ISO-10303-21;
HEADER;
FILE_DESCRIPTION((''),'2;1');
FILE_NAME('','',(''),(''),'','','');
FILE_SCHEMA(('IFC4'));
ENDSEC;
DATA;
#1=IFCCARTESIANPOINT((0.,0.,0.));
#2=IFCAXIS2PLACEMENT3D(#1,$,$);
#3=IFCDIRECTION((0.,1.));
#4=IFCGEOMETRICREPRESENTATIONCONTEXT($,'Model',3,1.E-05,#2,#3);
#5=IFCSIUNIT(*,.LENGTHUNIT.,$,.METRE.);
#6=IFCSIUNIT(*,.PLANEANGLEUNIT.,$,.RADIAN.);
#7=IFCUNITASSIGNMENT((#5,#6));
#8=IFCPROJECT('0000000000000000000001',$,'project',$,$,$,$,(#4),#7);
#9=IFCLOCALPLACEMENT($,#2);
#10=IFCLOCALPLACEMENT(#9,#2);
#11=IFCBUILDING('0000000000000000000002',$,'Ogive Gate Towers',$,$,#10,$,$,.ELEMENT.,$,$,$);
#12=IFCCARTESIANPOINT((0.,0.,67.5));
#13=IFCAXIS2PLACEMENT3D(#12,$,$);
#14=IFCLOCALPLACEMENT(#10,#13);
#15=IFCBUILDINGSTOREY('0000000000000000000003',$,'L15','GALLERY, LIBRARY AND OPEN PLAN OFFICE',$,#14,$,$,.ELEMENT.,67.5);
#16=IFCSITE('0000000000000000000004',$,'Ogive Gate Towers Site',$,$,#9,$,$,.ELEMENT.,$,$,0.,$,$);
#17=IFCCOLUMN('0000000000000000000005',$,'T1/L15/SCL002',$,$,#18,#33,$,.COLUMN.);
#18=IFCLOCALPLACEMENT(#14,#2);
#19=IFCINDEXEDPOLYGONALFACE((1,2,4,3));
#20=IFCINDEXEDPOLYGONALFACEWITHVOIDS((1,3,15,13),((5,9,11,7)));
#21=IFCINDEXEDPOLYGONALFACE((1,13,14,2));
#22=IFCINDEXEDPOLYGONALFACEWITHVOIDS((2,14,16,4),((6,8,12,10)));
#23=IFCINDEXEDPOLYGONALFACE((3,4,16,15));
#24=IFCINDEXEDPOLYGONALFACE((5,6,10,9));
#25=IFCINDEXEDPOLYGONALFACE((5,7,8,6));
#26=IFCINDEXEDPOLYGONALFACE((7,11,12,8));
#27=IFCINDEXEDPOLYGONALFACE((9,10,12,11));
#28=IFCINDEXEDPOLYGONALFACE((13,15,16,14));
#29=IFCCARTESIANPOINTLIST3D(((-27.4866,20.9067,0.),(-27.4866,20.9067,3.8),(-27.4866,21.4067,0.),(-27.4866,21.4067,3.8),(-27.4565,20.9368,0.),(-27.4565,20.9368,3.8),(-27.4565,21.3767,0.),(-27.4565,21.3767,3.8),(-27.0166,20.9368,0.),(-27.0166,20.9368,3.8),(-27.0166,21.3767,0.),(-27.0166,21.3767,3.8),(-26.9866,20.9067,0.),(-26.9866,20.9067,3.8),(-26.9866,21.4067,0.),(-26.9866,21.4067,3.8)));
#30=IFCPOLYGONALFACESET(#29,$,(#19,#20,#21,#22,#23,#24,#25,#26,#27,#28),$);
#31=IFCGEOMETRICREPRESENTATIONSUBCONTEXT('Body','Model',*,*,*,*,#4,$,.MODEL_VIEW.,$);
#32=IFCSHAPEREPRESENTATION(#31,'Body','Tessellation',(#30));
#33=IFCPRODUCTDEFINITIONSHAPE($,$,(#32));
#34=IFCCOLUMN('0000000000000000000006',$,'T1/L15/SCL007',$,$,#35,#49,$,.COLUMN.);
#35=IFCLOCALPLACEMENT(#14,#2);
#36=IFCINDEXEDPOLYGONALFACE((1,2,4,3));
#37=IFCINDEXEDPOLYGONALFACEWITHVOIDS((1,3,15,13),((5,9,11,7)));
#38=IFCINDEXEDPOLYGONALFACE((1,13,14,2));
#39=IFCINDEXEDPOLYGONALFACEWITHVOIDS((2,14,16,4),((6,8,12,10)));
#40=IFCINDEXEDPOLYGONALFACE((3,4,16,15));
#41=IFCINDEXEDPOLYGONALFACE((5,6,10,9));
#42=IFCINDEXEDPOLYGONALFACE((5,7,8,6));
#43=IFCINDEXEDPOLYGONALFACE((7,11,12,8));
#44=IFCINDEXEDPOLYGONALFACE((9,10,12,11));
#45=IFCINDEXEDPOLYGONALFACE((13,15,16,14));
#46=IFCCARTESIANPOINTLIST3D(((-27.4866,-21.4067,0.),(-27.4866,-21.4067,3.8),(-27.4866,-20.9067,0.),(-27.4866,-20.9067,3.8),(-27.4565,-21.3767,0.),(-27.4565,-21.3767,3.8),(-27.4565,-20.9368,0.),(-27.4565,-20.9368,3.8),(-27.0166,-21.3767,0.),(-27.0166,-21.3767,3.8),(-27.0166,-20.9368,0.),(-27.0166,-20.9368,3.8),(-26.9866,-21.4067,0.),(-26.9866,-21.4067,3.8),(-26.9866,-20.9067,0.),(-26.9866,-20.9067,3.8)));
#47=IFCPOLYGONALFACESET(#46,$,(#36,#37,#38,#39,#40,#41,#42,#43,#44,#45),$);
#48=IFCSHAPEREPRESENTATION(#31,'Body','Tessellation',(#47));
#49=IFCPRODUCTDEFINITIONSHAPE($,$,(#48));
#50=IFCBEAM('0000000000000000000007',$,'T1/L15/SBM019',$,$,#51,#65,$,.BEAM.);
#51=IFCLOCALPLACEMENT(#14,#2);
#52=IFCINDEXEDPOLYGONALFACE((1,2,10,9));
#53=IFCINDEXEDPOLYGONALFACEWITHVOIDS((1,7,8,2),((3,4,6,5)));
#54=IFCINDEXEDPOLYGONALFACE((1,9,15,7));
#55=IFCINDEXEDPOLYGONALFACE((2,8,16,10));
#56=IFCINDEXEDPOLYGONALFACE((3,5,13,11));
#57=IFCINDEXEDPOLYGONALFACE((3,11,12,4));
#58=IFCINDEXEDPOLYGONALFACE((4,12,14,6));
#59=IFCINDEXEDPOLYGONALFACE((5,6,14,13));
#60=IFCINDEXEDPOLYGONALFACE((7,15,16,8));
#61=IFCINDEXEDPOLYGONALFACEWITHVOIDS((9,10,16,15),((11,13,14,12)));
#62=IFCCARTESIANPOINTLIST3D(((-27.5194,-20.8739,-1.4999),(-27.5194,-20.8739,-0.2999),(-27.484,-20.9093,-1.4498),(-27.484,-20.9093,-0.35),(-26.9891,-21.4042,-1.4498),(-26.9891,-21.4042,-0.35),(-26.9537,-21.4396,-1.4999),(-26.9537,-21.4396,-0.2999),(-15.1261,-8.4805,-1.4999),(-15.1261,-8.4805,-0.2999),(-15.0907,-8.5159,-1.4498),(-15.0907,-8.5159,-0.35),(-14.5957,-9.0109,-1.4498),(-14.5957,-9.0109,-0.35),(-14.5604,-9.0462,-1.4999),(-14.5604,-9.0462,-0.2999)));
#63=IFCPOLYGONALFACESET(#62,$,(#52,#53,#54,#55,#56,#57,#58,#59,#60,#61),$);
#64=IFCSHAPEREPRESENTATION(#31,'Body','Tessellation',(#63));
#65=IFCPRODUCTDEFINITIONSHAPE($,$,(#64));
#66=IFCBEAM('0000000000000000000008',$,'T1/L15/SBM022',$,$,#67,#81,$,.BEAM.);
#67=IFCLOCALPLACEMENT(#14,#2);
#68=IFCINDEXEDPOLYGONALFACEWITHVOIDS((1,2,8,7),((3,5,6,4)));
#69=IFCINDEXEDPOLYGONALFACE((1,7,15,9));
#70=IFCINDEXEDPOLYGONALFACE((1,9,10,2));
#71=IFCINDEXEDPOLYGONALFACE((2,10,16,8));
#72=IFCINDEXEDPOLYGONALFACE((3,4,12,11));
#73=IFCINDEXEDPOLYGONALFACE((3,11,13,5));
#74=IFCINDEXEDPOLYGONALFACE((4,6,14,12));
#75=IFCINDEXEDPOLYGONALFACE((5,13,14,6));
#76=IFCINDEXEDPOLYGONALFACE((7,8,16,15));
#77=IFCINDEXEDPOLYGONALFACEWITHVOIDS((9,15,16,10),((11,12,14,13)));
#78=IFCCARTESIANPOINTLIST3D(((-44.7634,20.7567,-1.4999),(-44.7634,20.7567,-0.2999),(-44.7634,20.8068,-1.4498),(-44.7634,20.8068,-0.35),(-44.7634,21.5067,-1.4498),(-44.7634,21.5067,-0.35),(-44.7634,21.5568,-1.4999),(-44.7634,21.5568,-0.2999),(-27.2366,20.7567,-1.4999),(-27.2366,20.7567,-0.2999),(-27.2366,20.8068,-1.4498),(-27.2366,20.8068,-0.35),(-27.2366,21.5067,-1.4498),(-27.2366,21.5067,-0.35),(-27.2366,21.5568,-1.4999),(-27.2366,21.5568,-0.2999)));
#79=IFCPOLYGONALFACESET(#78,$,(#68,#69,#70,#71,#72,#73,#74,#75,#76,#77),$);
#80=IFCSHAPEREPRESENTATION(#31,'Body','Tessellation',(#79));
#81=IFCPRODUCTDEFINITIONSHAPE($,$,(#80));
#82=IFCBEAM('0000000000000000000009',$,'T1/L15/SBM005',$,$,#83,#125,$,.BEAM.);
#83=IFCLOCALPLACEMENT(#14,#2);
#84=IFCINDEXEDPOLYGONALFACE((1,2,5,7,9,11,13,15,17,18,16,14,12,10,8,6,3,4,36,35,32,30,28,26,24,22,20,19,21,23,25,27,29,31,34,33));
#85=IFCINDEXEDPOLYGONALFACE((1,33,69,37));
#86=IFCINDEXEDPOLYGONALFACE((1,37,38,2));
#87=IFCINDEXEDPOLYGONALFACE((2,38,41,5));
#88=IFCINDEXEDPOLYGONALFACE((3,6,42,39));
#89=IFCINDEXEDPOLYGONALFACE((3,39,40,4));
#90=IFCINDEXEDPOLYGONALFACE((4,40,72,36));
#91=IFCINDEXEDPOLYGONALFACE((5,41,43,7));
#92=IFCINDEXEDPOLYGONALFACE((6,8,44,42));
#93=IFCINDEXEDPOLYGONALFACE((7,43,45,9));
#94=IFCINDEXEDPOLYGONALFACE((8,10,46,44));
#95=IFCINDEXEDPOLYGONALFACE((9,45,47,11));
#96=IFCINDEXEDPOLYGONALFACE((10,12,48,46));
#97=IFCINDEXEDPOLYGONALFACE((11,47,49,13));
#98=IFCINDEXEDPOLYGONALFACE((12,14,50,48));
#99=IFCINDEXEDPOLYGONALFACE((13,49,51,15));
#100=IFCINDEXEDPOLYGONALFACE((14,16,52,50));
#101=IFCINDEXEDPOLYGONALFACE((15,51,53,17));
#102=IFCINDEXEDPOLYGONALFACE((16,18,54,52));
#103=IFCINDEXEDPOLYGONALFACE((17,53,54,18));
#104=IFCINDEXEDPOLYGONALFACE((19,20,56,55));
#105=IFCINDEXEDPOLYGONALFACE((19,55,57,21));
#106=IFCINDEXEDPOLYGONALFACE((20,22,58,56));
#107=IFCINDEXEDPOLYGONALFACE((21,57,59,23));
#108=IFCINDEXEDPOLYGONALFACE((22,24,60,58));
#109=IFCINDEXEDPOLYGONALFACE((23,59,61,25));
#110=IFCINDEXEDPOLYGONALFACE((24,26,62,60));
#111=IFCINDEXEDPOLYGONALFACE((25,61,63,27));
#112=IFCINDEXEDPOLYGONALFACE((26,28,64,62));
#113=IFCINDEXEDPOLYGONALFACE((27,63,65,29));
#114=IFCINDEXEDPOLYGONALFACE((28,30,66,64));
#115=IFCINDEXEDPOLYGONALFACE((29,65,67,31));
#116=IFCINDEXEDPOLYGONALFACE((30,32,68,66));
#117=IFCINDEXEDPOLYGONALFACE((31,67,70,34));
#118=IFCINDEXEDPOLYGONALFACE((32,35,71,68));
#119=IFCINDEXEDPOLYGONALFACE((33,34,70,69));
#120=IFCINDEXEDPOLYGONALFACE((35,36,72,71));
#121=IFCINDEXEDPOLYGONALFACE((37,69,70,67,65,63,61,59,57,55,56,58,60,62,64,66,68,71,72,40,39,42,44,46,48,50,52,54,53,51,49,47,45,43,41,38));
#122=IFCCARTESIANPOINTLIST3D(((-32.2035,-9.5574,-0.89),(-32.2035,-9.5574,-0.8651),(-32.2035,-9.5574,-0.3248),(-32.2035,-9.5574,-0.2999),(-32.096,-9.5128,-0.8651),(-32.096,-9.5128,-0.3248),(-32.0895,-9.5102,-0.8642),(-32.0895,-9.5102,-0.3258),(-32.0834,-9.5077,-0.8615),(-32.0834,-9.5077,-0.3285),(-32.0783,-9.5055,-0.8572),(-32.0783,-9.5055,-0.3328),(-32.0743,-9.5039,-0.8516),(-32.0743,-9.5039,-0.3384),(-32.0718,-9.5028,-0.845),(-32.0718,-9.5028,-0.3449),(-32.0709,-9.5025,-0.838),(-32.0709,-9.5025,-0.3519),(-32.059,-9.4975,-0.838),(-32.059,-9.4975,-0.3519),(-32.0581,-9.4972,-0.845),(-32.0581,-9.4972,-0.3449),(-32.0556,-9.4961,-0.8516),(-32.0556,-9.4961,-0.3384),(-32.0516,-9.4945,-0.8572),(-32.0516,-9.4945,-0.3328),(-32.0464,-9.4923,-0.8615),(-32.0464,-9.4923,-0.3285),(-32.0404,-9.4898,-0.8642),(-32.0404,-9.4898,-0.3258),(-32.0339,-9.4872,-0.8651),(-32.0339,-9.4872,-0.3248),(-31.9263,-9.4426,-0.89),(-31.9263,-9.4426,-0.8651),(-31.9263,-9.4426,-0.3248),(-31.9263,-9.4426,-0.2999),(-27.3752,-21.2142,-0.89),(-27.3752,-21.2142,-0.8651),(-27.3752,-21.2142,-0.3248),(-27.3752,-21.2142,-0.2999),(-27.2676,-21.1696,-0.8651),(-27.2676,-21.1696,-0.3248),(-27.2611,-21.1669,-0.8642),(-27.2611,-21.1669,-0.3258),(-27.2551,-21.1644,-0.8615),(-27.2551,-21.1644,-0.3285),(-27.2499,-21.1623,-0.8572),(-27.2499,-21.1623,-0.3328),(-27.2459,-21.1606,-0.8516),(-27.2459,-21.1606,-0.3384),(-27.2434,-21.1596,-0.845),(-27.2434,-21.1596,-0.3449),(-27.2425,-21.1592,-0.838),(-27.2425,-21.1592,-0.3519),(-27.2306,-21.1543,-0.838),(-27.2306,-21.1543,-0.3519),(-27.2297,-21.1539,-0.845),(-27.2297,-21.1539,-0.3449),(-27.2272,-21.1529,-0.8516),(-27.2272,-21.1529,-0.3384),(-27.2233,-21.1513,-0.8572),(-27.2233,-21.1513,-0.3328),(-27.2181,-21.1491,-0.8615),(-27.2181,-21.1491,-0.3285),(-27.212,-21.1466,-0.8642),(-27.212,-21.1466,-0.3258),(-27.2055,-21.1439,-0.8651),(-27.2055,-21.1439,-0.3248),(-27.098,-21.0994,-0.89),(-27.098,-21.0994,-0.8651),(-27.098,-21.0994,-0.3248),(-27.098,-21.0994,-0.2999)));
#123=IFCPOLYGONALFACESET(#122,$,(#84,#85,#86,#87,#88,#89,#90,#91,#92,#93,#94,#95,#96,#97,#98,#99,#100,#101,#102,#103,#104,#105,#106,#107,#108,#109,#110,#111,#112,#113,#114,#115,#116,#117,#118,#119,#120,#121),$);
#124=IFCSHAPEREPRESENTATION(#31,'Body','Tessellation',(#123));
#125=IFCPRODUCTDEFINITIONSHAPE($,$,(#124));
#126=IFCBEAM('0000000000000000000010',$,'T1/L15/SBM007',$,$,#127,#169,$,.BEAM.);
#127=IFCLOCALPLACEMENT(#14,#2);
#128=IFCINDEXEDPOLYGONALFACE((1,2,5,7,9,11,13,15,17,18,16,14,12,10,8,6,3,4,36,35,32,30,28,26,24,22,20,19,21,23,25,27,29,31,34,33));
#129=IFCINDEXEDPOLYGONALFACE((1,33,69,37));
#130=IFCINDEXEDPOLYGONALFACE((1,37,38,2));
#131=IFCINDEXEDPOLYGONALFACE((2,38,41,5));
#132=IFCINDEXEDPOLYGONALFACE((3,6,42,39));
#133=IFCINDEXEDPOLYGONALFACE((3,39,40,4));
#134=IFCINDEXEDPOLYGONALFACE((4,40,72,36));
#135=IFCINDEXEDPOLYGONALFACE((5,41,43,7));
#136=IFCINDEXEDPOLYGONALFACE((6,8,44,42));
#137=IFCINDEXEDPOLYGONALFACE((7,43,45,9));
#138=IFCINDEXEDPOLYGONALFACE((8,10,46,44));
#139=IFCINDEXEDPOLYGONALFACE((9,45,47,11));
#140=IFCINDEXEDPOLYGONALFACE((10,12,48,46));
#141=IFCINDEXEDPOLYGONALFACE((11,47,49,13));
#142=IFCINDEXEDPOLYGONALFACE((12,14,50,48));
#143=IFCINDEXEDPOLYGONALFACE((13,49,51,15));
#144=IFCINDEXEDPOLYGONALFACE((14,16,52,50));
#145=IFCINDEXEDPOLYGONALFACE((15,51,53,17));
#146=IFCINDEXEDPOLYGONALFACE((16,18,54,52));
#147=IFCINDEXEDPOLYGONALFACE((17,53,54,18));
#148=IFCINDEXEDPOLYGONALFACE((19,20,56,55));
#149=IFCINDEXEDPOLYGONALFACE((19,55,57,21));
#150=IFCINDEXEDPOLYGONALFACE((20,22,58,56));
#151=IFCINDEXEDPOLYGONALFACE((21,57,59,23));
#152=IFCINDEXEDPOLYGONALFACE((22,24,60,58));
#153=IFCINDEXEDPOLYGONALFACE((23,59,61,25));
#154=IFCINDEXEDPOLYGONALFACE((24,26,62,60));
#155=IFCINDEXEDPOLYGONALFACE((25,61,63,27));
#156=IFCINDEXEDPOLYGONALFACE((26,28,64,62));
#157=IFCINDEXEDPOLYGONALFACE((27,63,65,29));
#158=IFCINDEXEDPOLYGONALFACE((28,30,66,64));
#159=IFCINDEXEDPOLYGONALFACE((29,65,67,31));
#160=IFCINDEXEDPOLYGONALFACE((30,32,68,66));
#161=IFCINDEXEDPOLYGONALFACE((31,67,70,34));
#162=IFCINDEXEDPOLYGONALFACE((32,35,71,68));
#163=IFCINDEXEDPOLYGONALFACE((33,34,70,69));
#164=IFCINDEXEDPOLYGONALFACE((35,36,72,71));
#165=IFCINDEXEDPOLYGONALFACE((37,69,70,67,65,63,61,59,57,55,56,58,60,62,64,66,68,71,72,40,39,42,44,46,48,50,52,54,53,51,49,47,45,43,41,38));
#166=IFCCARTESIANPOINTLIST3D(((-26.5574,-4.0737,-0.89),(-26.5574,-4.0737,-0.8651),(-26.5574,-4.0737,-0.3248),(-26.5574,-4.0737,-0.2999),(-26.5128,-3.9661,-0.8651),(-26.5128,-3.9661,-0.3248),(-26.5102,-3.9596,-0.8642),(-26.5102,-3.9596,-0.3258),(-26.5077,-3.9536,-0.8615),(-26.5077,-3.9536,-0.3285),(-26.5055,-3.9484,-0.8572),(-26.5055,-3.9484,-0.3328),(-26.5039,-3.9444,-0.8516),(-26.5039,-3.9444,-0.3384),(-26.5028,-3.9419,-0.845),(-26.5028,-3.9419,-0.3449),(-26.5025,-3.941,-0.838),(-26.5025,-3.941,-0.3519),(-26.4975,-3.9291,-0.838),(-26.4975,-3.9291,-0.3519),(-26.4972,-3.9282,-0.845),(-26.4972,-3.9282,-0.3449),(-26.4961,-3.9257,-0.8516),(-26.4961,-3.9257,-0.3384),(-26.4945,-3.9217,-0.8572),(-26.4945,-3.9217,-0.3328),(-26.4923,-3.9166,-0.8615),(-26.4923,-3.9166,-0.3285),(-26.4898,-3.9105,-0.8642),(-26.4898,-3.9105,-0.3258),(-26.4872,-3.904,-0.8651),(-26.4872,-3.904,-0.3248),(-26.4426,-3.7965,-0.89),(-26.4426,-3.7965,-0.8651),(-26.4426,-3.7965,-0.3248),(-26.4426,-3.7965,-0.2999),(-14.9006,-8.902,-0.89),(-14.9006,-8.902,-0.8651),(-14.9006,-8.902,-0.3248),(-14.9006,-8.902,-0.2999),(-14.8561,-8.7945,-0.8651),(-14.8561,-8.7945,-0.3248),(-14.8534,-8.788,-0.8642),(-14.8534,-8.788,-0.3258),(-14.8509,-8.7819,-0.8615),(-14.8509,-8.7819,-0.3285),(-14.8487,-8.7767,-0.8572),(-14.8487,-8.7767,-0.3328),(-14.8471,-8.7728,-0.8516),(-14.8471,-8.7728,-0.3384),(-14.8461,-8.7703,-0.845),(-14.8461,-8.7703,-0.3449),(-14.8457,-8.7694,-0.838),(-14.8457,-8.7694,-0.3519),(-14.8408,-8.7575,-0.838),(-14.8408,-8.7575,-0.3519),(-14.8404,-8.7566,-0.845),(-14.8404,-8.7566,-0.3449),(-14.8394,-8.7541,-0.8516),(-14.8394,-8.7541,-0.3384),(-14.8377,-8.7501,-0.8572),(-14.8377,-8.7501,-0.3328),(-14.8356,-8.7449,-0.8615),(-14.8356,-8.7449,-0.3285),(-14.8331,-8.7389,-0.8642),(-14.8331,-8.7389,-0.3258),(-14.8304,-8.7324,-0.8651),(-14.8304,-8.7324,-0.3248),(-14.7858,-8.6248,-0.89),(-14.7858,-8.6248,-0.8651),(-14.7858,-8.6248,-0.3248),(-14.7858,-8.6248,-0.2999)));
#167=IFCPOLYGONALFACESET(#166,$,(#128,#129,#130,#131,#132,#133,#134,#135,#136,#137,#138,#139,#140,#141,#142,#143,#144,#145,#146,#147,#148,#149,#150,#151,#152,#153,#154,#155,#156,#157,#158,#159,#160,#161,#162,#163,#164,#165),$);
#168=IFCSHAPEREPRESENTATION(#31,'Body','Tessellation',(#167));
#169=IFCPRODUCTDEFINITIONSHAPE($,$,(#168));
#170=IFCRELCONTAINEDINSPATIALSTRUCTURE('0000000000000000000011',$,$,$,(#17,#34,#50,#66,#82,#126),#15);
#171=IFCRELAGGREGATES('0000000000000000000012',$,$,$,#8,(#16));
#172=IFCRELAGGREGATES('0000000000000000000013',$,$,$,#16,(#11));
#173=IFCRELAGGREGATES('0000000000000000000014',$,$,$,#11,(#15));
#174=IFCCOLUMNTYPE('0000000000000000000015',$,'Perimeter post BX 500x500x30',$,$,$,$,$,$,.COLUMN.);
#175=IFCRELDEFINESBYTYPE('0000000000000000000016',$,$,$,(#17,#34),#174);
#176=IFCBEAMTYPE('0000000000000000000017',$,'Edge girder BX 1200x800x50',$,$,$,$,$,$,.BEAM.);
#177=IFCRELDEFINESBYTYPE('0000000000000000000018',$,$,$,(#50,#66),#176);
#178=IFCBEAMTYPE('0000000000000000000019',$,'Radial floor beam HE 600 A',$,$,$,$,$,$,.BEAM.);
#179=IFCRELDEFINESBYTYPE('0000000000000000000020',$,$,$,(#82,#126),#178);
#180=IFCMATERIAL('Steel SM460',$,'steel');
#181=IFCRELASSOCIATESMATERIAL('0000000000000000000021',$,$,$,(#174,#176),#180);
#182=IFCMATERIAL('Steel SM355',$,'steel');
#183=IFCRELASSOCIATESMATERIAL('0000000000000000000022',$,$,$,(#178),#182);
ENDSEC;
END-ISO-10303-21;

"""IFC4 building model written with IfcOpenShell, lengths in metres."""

from ifc_helpers import new_model, si_unit, direction, frame, origin, origin_2d, place, context, subcontext, project, spatial, hollow_rectangle, i_section, extrude, material, material_profile, profile_set, type_object, element, save


model = new_model("IFC4")

# Units and contexts
model_context = context("Model", 3, precision=1e-05, world=origin(), true_north=direction((0.0, 1.0)))
body_context = subcontext(model_context, "Body", "Model", "MODEL_VIEW")
ifc_project = project(units=[si_unit("LENGTHUNIT", "METRE"), si_unit("PLANEANGLEUNIT", "RADIAN")], contexts=[model_context])

# Site, building, storey
site_placement = place(None, origin())
site = spatial("IfcSite", under=ifc_project, at=site_placement, Name="Ogive Gate Towers Site", CompositionType="ELEMENT", RefElevation=0.0)
building_placement = place(site_placement, origin())
building = spatial("IfcBuilding", under=site, at=building_placement, Name="Ogive Gate Towers", CompositionType="ELEMENT")
storey_placement = place(building_placement, frame((0.0, 0.0, 67.5)))
storey = spatial("IfcBuildingStorey", under=building, at=storey_placement, Name="L15", Description="GALLERY, LIBRARY AND OPEN PLAN OFFICE", CompositionType="ELEMENT", Elevation=67.5)

# Columns
ifc_material_1 = material(Name="Steel SM460", Category="steel")
ifc_material_profile_1 = material_profile(ifc_material_1, hollow_rectangle(XDim=0.5, YDim=0.5, WallThickness=0.03, at=origin_2d()), Name="BX 500x500x30")
ifc_profile_set_1 = profile_set([ifc_material_profile_1], Name="Steel SM460")
column_type = type_object("IfcColumnType", Name="Perimeter post BX 500x500x30", PredefinedType="COLUMN", material=ifc_profile_set_1)
for number, where, z_axis, x_axis, name in (
    (1, (-27.2366, 21.1567, 0.0), (0.0, 0.0, 1.0), (1.0, 0.0, 0.0), "T1/L15/SCL002"),
    (2, (-27.2366, -21.1567, 0.0), (0.0, 0.0, 1.0), (1.0, 0.0, 0.0), "T1/L15/SCL007"),
):
    element("IfcColumn", number, at=place(storey_placement, frame(where, z_axis=z_axis, x_axis=x_axis)), inside=storey, type_object=column_type, Name=name, PredefinedType="COLUMN", context=body_context, shape_type="SweptSolid", body=[
        extrude(hollow_rectangle(XDim=0.5, YDim=0.5, WallThickness=0.03, at=origin_2d()), origin(), (0.0, 0.0, 1.0), 3.8),
    ])

# Beams
ifc_material_profile_2 = material_profile(ifc_material_1, hollow_rectangle(XDim=0.8, YDim=1.2, WallThickness=0.05, at=origin_2d()), Name="BX 1200x800x50")
ifc_profile_set_2 = profile_set([ifc_material_profile_2], Name="Steel SM460")
beam_type_1 = type_object("IfcBeamType", Name="Edge girder BX 1200x800x50", PredefinedType="BEAM", material=ifc_profile_set_2)
for number, where, z_axis, x_axis, name in (
    (3, (-27.2366, -21.1567, -0.8999), (0.707107, 0.707107, 0.0), (-0.707107, 0.707107, 0.0), "T1/L15/SBM019"),
    (4, (-27.2366, 21.1567, -0.8999), (-1.0, 0.0, 0.0), (0.0, -1.0, 0.0), "T1/L15/SBM022"),
):
    element("IfcBeam", number, at=place(storey_placement, frame(where, z_axis=z_axis, x_axis=x_axis)), inside=storey, type_object=beam_type_1, Name=name, PredefinedType="BEAM", context=body_context, shape_type="SweptSolid", body=[
        extrude(hollow_rectangle(XDim=0.8, YDim=1.2, WallThickness=0.05, at=origin_2d()), origin(), (0.0, 0.0, 1.0), 17.5269),
    ])
ifc_material_2 = material(Name="Steel SM355", Category="steel")
ifc_material_profile_3 = material_profile(ifc_material_2, i_section(OverallWidth=0.3, OverallDepth=0.5901, WebThickness=0.0129, FlangeThickness=0.0249, FilletRadius=0.0271, at=origin_2d()), Name="HE 600 A")
ifc_profile_set_3 = profile_set([ifc_material_profile_3], Name="Steel SM355")
beam_type_2 = type_object("IfcBeamType", Name="Radial floor beam HE 600 A", PredefinedType="BEAM", material=ifc_profile_set_3)
for number, where, z_axis, x_axis, name in (
    (5, (-32.0649, -9.5, -0.595), (0.382683, -0.92388, 0.0), (0.92388, 0.382683, 0.0), "T1/L15/SBM005"),
    (6, (-26.5, -3.9351, -0.595), (0.92388, -0.382683, 0.0), (0.382683, 0.92388, 0.0), "T1/L15/SBM007"),
):
    element("IfcBeam", number, at=place(storey_placement, frame(where, z_axis=z_axis, x_axis=x_axis)), inside=storey, type_object=beam_type_2, Name=name, PredefinedType="BEAM", context=body_context, shape_type="SweptSolid", body=[
        extrude(i_section(OverallWidth=0.3, OverallDepth=0.5901, WebThickness=0.0129, FlangeThickness=0.0249, FilletRadius=0.0271, at=origin_2d()), origin(), (0.0, 0.0, 1.0), 12.6172),
    ])

save(model, "model.ifc")
